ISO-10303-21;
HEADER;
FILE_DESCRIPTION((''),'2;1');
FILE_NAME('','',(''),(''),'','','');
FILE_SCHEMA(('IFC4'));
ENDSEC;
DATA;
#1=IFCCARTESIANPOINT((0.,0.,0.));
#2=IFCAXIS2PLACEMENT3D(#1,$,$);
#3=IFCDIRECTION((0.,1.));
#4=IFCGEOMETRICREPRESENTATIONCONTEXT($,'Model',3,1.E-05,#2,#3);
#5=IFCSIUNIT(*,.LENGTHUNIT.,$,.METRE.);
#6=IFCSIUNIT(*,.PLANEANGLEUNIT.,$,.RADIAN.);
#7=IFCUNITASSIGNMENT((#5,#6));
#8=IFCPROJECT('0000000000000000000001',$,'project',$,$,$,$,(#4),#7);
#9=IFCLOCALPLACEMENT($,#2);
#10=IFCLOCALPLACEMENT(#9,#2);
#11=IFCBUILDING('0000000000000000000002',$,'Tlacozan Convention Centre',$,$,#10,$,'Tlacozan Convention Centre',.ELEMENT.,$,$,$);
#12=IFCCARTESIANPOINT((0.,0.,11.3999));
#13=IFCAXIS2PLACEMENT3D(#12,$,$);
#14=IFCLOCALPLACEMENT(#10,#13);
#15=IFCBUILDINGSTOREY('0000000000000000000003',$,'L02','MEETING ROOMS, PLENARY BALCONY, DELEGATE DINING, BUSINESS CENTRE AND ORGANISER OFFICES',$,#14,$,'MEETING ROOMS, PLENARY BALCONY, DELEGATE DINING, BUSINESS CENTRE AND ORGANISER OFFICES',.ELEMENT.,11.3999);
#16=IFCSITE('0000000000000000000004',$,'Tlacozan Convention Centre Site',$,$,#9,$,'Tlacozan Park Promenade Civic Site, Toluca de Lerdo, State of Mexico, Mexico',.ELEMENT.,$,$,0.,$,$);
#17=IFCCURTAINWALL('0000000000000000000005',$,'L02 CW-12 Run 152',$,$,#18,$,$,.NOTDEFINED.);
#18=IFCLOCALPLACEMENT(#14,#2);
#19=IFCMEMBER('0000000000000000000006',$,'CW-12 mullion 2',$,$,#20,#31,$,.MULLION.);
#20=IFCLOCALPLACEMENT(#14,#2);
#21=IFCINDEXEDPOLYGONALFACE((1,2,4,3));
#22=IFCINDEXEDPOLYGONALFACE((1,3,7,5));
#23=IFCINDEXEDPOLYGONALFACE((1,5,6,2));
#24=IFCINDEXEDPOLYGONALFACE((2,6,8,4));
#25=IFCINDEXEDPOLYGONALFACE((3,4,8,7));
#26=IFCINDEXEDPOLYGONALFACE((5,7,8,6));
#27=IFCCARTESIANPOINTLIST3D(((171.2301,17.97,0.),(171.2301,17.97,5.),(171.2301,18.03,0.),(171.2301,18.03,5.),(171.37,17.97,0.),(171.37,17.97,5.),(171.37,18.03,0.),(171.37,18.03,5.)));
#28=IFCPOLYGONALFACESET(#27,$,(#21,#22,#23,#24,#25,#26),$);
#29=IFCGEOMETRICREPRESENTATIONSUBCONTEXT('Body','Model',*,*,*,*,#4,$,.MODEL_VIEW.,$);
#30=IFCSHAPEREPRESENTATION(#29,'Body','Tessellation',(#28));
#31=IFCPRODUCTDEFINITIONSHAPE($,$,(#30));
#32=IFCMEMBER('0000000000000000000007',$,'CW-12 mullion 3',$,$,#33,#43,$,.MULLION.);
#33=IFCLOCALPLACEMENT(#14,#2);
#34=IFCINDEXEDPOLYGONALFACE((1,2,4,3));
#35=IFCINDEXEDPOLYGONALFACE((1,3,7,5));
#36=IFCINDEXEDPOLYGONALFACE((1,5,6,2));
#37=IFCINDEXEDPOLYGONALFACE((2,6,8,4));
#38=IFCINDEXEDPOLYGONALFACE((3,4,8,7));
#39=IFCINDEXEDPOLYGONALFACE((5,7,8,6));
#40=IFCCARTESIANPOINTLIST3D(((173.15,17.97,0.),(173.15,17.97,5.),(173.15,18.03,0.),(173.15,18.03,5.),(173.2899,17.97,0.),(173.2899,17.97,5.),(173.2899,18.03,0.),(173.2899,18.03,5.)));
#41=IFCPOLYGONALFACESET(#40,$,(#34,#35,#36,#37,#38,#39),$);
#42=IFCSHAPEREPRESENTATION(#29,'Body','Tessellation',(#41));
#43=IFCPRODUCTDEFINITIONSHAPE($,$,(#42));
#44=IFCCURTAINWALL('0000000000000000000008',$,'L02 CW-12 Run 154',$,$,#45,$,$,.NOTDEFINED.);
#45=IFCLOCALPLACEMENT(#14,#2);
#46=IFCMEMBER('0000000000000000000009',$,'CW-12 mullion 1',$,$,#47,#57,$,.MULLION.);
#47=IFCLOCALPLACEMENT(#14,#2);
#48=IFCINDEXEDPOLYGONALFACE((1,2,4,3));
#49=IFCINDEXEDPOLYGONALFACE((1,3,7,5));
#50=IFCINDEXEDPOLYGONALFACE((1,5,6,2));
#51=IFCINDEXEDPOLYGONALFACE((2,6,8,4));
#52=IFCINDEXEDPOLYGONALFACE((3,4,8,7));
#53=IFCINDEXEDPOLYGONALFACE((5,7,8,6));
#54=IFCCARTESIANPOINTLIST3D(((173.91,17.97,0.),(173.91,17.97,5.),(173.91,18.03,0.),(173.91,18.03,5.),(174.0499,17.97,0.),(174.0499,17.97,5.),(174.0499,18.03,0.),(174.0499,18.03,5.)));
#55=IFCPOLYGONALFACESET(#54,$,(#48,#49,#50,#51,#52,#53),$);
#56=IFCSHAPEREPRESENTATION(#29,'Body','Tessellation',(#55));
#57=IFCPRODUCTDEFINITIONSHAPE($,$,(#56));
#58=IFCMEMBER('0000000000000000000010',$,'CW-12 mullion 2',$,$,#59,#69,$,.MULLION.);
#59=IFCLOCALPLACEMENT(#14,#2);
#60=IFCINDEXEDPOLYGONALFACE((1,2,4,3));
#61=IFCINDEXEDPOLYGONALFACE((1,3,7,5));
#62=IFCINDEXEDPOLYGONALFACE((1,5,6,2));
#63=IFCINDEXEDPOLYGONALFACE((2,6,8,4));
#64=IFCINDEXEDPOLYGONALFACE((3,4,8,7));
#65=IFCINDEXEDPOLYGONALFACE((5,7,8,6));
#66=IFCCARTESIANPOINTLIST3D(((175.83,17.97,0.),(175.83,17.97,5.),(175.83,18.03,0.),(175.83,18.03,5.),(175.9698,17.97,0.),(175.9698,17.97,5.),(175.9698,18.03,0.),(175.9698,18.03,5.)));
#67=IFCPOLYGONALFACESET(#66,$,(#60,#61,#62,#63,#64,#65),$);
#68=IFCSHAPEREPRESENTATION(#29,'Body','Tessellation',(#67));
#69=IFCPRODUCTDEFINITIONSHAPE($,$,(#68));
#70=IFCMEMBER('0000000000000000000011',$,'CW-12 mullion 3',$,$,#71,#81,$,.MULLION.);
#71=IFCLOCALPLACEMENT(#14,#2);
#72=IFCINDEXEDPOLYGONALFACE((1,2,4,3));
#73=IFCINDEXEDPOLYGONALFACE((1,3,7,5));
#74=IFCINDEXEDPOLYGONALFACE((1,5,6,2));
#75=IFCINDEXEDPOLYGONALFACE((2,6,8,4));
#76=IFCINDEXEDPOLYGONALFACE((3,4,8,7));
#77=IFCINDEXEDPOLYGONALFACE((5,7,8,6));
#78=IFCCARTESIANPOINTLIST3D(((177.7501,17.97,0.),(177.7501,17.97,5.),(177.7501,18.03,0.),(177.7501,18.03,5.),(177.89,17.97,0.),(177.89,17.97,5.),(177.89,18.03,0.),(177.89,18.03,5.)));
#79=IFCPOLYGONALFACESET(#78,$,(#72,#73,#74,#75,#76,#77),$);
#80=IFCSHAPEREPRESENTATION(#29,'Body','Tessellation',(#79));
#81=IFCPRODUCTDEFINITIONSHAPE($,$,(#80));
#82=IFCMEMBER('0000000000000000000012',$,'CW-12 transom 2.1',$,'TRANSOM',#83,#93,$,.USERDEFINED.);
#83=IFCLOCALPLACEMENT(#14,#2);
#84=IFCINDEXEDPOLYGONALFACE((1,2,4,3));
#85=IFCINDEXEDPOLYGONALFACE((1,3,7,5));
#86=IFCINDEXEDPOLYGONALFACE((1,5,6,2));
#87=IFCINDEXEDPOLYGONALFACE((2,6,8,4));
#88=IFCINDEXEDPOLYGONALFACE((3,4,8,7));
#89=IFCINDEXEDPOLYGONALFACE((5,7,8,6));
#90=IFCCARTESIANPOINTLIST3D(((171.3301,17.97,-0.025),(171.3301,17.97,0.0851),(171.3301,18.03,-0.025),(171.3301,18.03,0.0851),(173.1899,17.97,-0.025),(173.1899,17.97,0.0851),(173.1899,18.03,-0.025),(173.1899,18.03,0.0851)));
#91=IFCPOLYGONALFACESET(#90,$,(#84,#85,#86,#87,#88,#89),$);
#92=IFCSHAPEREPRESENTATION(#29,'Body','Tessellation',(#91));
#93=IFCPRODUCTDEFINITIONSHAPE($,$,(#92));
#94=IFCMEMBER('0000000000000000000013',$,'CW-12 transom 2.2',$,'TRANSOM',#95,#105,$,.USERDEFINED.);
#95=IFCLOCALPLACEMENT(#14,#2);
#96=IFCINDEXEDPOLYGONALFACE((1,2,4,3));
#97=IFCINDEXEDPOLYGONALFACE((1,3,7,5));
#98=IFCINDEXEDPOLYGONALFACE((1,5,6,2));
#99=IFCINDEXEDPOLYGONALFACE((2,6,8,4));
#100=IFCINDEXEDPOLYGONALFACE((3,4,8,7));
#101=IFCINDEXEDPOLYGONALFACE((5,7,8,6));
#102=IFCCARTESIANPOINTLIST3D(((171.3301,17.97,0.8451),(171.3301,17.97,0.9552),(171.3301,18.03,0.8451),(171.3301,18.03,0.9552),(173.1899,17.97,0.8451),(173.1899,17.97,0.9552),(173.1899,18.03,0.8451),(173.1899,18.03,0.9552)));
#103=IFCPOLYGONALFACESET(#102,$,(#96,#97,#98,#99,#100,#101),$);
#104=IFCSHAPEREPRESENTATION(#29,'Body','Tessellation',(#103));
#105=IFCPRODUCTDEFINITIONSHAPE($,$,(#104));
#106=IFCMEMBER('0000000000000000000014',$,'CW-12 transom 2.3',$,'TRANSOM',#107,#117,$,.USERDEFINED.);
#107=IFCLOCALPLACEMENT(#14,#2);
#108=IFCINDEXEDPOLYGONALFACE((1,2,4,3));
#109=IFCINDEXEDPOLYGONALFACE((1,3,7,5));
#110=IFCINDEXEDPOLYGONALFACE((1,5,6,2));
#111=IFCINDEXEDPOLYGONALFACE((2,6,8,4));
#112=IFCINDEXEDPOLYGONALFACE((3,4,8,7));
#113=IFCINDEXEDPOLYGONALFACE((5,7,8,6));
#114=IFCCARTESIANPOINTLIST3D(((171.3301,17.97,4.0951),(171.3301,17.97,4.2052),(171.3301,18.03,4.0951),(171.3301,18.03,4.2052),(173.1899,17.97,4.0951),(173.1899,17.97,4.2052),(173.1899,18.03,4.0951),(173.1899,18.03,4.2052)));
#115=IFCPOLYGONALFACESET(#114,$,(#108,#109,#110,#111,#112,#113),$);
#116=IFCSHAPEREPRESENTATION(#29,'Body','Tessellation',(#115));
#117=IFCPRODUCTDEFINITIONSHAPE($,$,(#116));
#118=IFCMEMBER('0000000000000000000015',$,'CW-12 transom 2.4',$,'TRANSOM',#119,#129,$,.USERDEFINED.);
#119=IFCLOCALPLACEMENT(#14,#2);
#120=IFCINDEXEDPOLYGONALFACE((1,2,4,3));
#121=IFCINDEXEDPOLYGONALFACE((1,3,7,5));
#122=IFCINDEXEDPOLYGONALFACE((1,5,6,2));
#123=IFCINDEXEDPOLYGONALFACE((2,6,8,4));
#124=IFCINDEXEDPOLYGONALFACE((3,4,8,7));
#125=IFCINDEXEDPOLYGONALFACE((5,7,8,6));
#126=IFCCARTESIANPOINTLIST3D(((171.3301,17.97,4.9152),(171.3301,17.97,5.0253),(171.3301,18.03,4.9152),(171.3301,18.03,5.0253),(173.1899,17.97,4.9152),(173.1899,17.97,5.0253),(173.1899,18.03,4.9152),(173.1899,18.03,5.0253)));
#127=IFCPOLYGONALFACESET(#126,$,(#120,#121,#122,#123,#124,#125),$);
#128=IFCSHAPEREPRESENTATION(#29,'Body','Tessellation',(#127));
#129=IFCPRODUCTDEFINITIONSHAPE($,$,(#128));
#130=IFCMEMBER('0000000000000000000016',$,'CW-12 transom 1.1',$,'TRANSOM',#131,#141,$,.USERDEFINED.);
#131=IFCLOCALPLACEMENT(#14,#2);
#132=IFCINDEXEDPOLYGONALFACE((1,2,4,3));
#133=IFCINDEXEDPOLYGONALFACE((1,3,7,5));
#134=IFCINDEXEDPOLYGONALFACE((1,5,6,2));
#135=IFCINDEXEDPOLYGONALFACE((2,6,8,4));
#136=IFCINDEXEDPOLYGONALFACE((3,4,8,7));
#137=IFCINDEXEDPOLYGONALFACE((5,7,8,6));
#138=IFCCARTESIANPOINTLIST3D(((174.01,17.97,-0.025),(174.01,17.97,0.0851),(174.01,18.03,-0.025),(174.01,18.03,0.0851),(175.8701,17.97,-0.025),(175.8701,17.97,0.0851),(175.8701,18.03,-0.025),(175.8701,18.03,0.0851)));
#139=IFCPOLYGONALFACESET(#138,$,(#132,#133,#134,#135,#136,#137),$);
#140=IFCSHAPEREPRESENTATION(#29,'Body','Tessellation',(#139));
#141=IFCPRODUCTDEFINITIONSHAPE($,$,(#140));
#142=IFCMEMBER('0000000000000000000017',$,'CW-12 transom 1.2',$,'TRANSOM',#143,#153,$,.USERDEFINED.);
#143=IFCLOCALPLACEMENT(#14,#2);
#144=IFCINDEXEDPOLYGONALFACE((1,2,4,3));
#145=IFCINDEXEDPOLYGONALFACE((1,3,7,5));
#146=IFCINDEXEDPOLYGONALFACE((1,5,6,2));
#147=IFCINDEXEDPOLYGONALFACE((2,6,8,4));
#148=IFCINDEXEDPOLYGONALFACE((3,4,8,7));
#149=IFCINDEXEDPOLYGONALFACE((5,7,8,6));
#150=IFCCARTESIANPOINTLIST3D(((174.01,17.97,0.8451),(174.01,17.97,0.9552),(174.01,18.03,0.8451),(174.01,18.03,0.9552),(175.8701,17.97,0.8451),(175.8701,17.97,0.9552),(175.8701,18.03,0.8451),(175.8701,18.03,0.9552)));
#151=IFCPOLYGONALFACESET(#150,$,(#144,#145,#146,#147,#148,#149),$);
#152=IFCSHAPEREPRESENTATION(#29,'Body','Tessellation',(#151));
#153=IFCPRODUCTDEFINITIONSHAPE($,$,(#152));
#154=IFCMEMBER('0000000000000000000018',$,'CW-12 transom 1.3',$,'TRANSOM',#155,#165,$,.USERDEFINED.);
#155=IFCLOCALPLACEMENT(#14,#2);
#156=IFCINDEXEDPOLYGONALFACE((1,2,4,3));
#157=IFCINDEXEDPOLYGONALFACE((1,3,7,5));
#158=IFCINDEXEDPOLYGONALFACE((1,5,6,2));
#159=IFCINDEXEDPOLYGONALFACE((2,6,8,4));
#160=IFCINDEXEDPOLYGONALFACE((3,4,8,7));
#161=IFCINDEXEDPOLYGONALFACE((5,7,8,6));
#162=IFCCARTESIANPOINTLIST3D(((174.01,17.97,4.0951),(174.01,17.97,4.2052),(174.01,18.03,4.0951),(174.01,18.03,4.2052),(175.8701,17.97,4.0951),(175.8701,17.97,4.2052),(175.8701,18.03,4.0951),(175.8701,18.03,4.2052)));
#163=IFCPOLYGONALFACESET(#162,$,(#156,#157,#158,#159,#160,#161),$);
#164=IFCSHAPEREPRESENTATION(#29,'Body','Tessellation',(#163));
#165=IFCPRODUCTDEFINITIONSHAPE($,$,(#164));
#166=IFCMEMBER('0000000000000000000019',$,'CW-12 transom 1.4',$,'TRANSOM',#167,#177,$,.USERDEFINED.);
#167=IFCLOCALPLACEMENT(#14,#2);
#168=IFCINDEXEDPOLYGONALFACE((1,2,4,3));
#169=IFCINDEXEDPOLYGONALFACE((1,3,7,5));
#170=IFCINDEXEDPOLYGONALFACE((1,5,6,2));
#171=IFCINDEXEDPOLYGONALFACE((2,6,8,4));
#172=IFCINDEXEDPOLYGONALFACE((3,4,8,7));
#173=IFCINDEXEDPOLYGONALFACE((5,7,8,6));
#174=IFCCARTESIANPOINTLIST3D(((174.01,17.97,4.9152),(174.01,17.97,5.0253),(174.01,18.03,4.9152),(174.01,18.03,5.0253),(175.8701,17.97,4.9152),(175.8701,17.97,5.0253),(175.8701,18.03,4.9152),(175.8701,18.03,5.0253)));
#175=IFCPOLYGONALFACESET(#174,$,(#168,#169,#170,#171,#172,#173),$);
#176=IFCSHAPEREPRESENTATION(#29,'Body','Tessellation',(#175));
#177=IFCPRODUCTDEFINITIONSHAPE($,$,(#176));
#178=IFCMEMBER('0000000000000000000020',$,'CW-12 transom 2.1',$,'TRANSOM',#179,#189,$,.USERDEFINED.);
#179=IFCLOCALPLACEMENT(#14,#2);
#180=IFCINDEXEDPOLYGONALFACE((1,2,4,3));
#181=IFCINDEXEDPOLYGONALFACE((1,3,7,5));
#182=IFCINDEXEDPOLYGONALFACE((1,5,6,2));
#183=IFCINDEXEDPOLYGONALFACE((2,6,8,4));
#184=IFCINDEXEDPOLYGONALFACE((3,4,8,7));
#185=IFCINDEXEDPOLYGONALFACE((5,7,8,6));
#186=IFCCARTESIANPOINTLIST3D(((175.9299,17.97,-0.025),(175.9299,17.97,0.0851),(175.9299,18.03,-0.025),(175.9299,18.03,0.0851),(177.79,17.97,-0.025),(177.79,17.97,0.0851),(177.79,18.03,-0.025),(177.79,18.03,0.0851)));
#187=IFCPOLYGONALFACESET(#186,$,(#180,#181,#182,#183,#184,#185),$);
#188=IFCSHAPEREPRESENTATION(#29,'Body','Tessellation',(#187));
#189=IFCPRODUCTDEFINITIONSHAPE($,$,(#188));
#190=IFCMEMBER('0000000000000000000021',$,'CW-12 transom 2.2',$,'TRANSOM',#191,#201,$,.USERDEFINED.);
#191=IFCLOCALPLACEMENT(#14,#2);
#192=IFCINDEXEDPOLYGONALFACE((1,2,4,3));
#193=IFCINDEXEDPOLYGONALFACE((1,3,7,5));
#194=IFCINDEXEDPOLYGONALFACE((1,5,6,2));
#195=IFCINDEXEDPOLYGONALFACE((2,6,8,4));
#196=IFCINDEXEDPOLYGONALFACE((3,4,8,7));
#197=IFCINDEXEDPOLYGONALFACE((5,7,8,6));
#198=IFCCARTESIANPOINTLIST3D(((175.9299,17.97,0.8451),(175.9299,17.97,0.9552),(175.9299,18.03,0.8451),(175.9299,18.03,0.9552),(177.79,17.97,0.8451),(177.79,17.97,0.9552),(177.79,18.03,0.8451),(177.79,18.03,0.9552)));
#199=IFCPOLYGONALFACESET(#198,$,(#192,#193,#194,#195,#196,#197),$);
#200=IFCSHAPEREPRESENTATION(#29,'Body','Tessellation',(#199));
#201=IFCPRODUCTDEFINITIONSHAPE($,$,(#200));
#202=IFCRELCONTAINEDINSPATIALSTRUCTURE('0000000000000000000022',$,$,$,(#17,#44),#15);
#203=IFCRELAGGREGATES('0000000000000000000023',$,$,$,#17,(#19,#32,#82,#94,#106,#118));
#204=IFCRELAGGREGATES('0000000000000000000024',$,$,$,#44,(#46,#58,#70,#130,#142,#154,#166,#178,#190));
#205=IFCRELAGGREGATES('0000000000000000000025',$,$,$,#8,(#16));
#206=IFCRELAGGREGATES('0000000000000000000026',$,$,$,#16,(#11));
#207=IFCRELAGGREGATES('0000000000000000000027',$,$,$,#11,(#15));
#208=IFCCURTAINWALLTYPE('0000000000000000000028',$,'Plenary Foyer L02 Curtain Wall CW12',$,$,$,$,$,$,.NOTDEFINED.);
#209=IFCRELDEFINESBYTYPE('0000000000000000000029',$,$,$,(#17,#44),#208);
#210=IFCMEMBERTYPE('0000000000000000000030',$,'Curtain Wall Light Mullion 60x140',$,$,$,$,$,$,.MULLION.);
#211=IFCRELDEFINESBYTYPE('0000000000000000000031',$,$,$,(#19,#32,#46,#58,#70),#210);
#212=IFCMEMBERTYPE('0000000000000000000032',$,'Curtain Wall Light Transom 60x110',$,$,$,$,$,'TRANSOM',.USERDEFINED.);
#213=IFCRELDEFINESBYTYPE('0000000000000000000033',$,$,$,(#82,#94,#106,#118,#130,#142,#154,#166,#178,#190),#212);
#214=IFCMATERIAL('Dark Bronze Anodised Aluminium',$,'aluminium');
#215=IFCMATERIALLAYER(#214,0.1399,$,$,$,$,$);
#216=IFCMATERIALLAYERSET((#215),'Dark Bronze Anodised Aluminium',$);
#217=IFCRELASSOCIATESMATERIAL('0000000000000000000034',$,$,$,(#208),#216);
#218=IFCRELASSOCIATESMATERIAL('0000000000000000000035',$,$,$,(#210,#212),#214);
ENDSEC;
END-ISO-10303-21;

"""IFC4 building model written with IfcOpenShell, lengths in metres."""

from ifc_helpers import new_model, si_unit, direction, frame, origin, origin_2d, place, context, subcontext, project, spatial, rectangle, extrude, material, layer, layer_set, material_profile, profile_set, type_object, element, aggregate, save


model = new_model("IFC4")

# Units and contexts
model_context = context("Model", 3, precision=1e-05, world=origin(), true_north=direction((0.0, 1.0)))
body_context = subcontext(model_context, "Body", "Model", "MODEL_VIEW")
ifc_project = project(units=[si_unit("LENGTHUNIT", "METRE"), si_unit("PLANEANGLEUNIT", "RADIAN")], contexts=[model_context])

# Site, building, storey
site_placement = place(None, origin())
site = spatial("IfcSite", under=ifc_project, at=site_placement, Name="Tlacozan Convention Centre Site", LongName="Tlacozan Park Promenade Civic Site, Toluca de Lerdo, State of Mexico, Mexico", CompositionType="ELEMENT", RefElevation=0.0)
building_placement = place(site_placement, origin())
building = spatial("IfcBuilding", under=site, at=building_placement, Name="Tlacozan Convention Centre", LongName="Tlacozan Convention Centre", CompositionType="ELEMENT")
storey_placement = place(building_placement, frame((0.0, 0.0, 11.3999)))
storey = spatial("IfcBuildingStorey", under=building, at=storey_placement, Name="L02", Description="MEETING ROOMS, PLENARY BALCONY, DELEGATE DINING, BUSINESS CENTRE AND ORGANISER OFFICES", LongName="MEETING ROOMS, PLENARY BALCONY, DELEGATE DINING, BUSINESS CENTRE AND ORGANISER OFFICES", CompositionType="ELEMENT", Elevation=11.3999)

# Curtain walls, members
ifc_material_1 = material(Name="Dark Bronze Anodised Aluminium", Category="aluminium")
ifc_layer_1 = layer(ifc_material_1, 0.1399)
ifc_layer_set_1 = layer_set([ifc_layer_1], Name="Dark Bronze Anodised Aluminium")
curtain_wall_type = type_object("IfcCurtainWallType", Name="Plenary Foyer L02 Curtain Wall CW12", PredefinedType="NOTDEFINED", material=ifc_layer_set_1)
curtain_wall_1_placement = place(storey_placement, origin())
curtain_wall_1 = element("IfcCurtainWall", 1, at=curtain_wall_1_placement, inside=storey, type_object=curtain_wall_type, Name="L02 CW-12 Run 152", PredefinedType="NOTDEFINED")
ifc_material_profile_1 = material_profile(ifc_material_1, rectangle(XDim=0.0601, YDim=0.1399, at=origin_2d()), Name="ALU 60x140")
ifc_profile_set_1 = profile_set([ifc_material_profile_1], Name="Dark Bronze Anodised Aluminium")
member_type_1 = type_object("IfcMemberType", Name="Curtain Wall Light Mullion 60x140", PredefinedType="MULLION", material=ifc_profile_set_1)
member_1_placement = place(storey_placement, frame((171.3, 18.0, 0.0), z_axis=(0.0, 0.0, 1.0), x_axis=(0.0, 1.0, 0.0)))
member_1 = element("IfcMember", 2, at=member_1_placement, type_object=member_type_1, Name="CW-12 mullion 2", PredefinedType="MULLION", context=body_context, shape_type="SweptSolid", body=[
    extrude(rectangle(XDim=0.0601, YDim=0.1399, at=origin_2d()), origin(), (0.0, 0.0, 1.0), 5.0),
])
member_2_placement = place(storey_placement, frame((173.22, 18.0, 0.0), z_axis=(0.0, 0.0, 1.0), x_axis=(0.0, 1.0, 0.0)))
member_2 = element("IfcMember", 3, at=member_2_placement, type_object=member_type_1, Name="CW-12 mullion 3", PredefinedType="MULLION", context=body_context, shape_type="SweptSolid", body=[
    extrude(rectangle(XDim=0.0601, YDim=0.1399, at=origin_2d()), origin(), (0.0, 0.0, 1.0), 5.0),
])
curtain_wall_2_placement = place(storey_placement, origin())
curtain_wall_2 = element("IfcCurtainWall", 4, at=curtain_wall_2_placement, inside=storey, type_object=curtain_wall_type, Name="L02 CW-12 Run 154", PredefinedType="NOTDEFINED")
member_3_placement = place(storey_placement, frame((173.98, 18.0, 0.0), z_axis=(0.0, 0.0, 1.0), x_axis=(0.0, 1.0, 0.0)))
member_3 = element("IfcMember", 5, at=member_3_placement, type_object=member_type_1, Name="CW-12 mullion 1", PredefinedType="MULLION", context=body_context, shape_type="SweptSolid", body=[
    extrude(rectangle(XDim=0.0601, YDim=0.1399, at=origin_2d()), origin(), (0.0, 0.0, 1.0), 5.0),
])
member_4_placement = place(storey_placement, frame((175.8999, 18.0, 0.0), z_axis=(0.0, 0.0, 1.0), x_axis=(0.0, 1.0, 0.0)))
member_4 = element("IfcMember", 6, at=member_4_placement, type_object=member_type_1, Name="CW-12 mullion 2", PredefinedType="MULLION", context=body_context, shape_type="SweptSolid", body=[
    extrude(rectangle(XDim=0.0601, YDim=0.1399, at=origin_2d()), origin(), (0.0, 0.0, 1.0), 5.0),
])
member_5_placement = place(storey_placement, frame((177.8201, 18.0, 0.0), z_axis=(0.0, 0.0, 1.0), x_axis=(0.0, 1.0, 0.0)))
member_5 = element("IfcMember", 7, at=member_5_placement, type_object=member_type_1, Name="CW-12 mullion 3", PredefinedType="MULLION", context=body_context, shape_type="SweptSolid", body=[
    extrude(rectangle(XDim=0.0601, YDim=0.1399, at=origin_2d()), origin(), (0.0, 0.0, 1.0), 5.0),
])

# Members
ifc_material_profile_2 = material_profile(ifc_material_1, rectangle(XDim=0.0601, YDim=0.1101, at=origin_2d()), Name="ALU 60x110")
ifc_profile_set_2 = profile_set([ifc_material_profile_2], Name="Dark Bronze Anodised Aluminium")
member_type_2 = type_object("IfcMemberType", Name="Curtain Wall Light Transom 60x110", ElementType="TRANSOM", PredefinedType="USERDEFINED", material=ifc_profile_set_2)
member_6_placement = place(storey_placement, frame((171.3301, 18.0, 0.03), z_axis=(1.0, 0.0, 0.0), x_axis=(0.0, 1.0, 0.0)))
member_6 = element("IfcMember", 8, at=member_6_placement, type_object=member_type_2, Name="CW-12 transom 2.1", ObjectType="TRANSOM", PredefinedType="USERDEFINED", context=body_context, shape_type="SweptSolid", body=[
    extrude(rectangle(XDim=0.0601, YDim=0.1101, at=origin_2d()), origin(), (0.0, 0.0, 1.0), 1.8599),
])
member_7_placement = place(storey_placement, frame((171.3301, 18.0, 0.9001), z_axis=(1.0, 0.0, 0.0), x_axis=(0.0, 1.0, 0.0)))
member_7 = element("IfcMember", 9, at=member_7_placement, type_object=member_type_2, Name="CW-12 transom 2.2", ObjectType="TRANSOM", PredefinedType="USERDEFINED", context=body_context, shape_type="SweptSolid", body=[
    extrude(rectangle(XDim=0.0601, YDim=0.1101, at=origin_2d()), origin(), (0.0, 0.0, 1.0), 1.8599),
])
member_8_placement = place(storey_placement, frame((171.3301, 18.0, 4.1501), z_axis=(1.0, 0.0, 0.0), x_axis=(0.0, 1.0, 0.0)))
member_8 = element("IfcMember", 10, at=member_8_placement, type_object=member_type_2, Name="CW-12 transom 2.3", ObjectType="TRANSOM", PredefinedType="USERDEFINED", context=body_context, shape_type="SweptSolid", body=[
    extrude(rectangle(XDim=0.0601, YDim=0.1101, at=origin_2d()), origin(), (0.0, 0.0, 1.0), 1.8599),
])
member_9_placement = place(storey_placement, frame((171.3301, 18.0, 4.9702), z_axis=(1.0, 0.0, 0.0), x_axis=(0.0, 1.0, 0.0)))
member_9 = element("IfcMember", 11, at=member_9_placement, type_object=member_type_2, Name="CW-12 transom 2.4", ObjectType="TRANSOM", PredefinedType="USERDEFINED", context=body_context, shape_type="SweptSolid", body=[
    extrude(rectangle(XDim=0.0601, YDim=0.1101, at=origin_2d()), origin(), (0.0, 0.0, 1.0), 1.8599),
])
member_10_placement = place(storey_placement, frame((174.01, 18.0, 0.03), z_axis=(1.0, 0.0, 0.0), x_axis=(0.0, 1.0, 0.0)))
member_10 = element("IfcMember", 12, at=member_10_placement, type_object=member_type_2, Name="CW-12 transom 1.1", ObjectType="TRANSOM", PredefinedType="USERDEFINED", context=body_context, shape_type="SweptSolid", body=[
    extrude(rectangle(XDim=0.0601, YDim=0.1101, at=origin_2d()), origin(), (0.0, 0.0, 1.0), 1.8601),
])
member_11_placement = place(storey_placement, frame((174.01, 18.0, 0.9001), z_axis=(1.0, 0.0, 0.0), x_axis=(0.0, 1.0, 0.0)))
member_11 = element("IfcMember", 13, at=member_11_placement, type_object=member_type_2, Name="CW-12 transom 1.2", ObjectType="TRANSOM", PredefinedType="USERDEFINED", context=body_context, shape_type="SweptSolid", body=[
    extrude(rectangle(XDim=0.0601, YDim=0.1101, at=origin_2d()), origin(), (0.0, 0.0, 1.0), 1.8601),
])
member_12_placement = place(storey_placement, frame((174.01, 18.0, 4.1501), z_axis=(1.0, 0.0, 0.0), x_axis=(0.0, 1.0, 0.0)))
member_12 = element("IfcMember", 14, at=member_12_placement, type_object=member_type_2, Name="CW-12 transom 1.3", ObjectType="TRANSOM", PredefinedType="USERDEFINED", context=body_context, shape_type="SweptSolid", body=[
    extrude(rectangle(XDim=0.0601, YDim=0.1101, at=origin_2d()), origin(), (0.0, 0.0, 1.0), 1.8601),
])
member_13_placement = place(storey_placement, frame((174.01, 18.0, 4.9702), z_axis=(1.0, 0.0, 0.0), x_axis=(0.0, 1.0, 0.0)))
member_13 = element("IfcMember", 15, at=member_13_placement, type_object=member_type_2, Name="CW-12 transom 1.4", ObjectType="TRANSOM", PredefinedType="USERDEFINED", context=body_context, shape_type="SweptSolid", body=[
    extrude(rectangle(XDim=0.0601, YDim=0.1101, at=origin_2d()), origin(), (0.0, 0.0, 1.0), 1.8601),
])
member_14_placement = place(storey_placement, frame((175.9299, 18.0, 0.03), z_axis=(1.0, 0.0, 0.0), x_axis=(0.0, 1.0, 0.0)))
member_14 = element("IfcMember", 16, at=member_14_placement, type_object=member_type_2, Name="CW-12 transom 2.1", ObjectType="TRANSOM", PredefinedType="USERDEFINED", context=body_context, shape_type="SweptSolid", body=[
    extrude(rectangle(XDim=0.0601, YDim=0.1101, at=origin_2d()), origin(), (0.0, 0.0, 1.0), 1.8601),
])
member_15_placement = place(storey_placement, frame((175.9299, 18.0, 0.9001), z_axis=(1.0, 0.0, 0.0), x_axis=(0.0, 1.0, 0.0)))
member_15 = element("IfcMember", 17, at=member_15_placement, type_object=member_type_2, Name="CW-12 transom 2.2", ObjectType="TRANSOM", PredefinedType="USERDEFINED", context=body_context, shape_type="SweptSolid", body=[
    extrude(rectangle(XDim=0.0601, YDim=0.1101, at=origin_2d()), origin(), (0.0, 0.0, 1.0), 1.8601),
])

aggregate(curtain_wall_1, [member_1, member_2, member_6, member_7, member_8, member_9])
aggregate(curtain_wall_2, [member_3, member_4, member_5, member_10, member_11, member_12, member_13, member_14, member_15])

save(model, "model.ifc")
